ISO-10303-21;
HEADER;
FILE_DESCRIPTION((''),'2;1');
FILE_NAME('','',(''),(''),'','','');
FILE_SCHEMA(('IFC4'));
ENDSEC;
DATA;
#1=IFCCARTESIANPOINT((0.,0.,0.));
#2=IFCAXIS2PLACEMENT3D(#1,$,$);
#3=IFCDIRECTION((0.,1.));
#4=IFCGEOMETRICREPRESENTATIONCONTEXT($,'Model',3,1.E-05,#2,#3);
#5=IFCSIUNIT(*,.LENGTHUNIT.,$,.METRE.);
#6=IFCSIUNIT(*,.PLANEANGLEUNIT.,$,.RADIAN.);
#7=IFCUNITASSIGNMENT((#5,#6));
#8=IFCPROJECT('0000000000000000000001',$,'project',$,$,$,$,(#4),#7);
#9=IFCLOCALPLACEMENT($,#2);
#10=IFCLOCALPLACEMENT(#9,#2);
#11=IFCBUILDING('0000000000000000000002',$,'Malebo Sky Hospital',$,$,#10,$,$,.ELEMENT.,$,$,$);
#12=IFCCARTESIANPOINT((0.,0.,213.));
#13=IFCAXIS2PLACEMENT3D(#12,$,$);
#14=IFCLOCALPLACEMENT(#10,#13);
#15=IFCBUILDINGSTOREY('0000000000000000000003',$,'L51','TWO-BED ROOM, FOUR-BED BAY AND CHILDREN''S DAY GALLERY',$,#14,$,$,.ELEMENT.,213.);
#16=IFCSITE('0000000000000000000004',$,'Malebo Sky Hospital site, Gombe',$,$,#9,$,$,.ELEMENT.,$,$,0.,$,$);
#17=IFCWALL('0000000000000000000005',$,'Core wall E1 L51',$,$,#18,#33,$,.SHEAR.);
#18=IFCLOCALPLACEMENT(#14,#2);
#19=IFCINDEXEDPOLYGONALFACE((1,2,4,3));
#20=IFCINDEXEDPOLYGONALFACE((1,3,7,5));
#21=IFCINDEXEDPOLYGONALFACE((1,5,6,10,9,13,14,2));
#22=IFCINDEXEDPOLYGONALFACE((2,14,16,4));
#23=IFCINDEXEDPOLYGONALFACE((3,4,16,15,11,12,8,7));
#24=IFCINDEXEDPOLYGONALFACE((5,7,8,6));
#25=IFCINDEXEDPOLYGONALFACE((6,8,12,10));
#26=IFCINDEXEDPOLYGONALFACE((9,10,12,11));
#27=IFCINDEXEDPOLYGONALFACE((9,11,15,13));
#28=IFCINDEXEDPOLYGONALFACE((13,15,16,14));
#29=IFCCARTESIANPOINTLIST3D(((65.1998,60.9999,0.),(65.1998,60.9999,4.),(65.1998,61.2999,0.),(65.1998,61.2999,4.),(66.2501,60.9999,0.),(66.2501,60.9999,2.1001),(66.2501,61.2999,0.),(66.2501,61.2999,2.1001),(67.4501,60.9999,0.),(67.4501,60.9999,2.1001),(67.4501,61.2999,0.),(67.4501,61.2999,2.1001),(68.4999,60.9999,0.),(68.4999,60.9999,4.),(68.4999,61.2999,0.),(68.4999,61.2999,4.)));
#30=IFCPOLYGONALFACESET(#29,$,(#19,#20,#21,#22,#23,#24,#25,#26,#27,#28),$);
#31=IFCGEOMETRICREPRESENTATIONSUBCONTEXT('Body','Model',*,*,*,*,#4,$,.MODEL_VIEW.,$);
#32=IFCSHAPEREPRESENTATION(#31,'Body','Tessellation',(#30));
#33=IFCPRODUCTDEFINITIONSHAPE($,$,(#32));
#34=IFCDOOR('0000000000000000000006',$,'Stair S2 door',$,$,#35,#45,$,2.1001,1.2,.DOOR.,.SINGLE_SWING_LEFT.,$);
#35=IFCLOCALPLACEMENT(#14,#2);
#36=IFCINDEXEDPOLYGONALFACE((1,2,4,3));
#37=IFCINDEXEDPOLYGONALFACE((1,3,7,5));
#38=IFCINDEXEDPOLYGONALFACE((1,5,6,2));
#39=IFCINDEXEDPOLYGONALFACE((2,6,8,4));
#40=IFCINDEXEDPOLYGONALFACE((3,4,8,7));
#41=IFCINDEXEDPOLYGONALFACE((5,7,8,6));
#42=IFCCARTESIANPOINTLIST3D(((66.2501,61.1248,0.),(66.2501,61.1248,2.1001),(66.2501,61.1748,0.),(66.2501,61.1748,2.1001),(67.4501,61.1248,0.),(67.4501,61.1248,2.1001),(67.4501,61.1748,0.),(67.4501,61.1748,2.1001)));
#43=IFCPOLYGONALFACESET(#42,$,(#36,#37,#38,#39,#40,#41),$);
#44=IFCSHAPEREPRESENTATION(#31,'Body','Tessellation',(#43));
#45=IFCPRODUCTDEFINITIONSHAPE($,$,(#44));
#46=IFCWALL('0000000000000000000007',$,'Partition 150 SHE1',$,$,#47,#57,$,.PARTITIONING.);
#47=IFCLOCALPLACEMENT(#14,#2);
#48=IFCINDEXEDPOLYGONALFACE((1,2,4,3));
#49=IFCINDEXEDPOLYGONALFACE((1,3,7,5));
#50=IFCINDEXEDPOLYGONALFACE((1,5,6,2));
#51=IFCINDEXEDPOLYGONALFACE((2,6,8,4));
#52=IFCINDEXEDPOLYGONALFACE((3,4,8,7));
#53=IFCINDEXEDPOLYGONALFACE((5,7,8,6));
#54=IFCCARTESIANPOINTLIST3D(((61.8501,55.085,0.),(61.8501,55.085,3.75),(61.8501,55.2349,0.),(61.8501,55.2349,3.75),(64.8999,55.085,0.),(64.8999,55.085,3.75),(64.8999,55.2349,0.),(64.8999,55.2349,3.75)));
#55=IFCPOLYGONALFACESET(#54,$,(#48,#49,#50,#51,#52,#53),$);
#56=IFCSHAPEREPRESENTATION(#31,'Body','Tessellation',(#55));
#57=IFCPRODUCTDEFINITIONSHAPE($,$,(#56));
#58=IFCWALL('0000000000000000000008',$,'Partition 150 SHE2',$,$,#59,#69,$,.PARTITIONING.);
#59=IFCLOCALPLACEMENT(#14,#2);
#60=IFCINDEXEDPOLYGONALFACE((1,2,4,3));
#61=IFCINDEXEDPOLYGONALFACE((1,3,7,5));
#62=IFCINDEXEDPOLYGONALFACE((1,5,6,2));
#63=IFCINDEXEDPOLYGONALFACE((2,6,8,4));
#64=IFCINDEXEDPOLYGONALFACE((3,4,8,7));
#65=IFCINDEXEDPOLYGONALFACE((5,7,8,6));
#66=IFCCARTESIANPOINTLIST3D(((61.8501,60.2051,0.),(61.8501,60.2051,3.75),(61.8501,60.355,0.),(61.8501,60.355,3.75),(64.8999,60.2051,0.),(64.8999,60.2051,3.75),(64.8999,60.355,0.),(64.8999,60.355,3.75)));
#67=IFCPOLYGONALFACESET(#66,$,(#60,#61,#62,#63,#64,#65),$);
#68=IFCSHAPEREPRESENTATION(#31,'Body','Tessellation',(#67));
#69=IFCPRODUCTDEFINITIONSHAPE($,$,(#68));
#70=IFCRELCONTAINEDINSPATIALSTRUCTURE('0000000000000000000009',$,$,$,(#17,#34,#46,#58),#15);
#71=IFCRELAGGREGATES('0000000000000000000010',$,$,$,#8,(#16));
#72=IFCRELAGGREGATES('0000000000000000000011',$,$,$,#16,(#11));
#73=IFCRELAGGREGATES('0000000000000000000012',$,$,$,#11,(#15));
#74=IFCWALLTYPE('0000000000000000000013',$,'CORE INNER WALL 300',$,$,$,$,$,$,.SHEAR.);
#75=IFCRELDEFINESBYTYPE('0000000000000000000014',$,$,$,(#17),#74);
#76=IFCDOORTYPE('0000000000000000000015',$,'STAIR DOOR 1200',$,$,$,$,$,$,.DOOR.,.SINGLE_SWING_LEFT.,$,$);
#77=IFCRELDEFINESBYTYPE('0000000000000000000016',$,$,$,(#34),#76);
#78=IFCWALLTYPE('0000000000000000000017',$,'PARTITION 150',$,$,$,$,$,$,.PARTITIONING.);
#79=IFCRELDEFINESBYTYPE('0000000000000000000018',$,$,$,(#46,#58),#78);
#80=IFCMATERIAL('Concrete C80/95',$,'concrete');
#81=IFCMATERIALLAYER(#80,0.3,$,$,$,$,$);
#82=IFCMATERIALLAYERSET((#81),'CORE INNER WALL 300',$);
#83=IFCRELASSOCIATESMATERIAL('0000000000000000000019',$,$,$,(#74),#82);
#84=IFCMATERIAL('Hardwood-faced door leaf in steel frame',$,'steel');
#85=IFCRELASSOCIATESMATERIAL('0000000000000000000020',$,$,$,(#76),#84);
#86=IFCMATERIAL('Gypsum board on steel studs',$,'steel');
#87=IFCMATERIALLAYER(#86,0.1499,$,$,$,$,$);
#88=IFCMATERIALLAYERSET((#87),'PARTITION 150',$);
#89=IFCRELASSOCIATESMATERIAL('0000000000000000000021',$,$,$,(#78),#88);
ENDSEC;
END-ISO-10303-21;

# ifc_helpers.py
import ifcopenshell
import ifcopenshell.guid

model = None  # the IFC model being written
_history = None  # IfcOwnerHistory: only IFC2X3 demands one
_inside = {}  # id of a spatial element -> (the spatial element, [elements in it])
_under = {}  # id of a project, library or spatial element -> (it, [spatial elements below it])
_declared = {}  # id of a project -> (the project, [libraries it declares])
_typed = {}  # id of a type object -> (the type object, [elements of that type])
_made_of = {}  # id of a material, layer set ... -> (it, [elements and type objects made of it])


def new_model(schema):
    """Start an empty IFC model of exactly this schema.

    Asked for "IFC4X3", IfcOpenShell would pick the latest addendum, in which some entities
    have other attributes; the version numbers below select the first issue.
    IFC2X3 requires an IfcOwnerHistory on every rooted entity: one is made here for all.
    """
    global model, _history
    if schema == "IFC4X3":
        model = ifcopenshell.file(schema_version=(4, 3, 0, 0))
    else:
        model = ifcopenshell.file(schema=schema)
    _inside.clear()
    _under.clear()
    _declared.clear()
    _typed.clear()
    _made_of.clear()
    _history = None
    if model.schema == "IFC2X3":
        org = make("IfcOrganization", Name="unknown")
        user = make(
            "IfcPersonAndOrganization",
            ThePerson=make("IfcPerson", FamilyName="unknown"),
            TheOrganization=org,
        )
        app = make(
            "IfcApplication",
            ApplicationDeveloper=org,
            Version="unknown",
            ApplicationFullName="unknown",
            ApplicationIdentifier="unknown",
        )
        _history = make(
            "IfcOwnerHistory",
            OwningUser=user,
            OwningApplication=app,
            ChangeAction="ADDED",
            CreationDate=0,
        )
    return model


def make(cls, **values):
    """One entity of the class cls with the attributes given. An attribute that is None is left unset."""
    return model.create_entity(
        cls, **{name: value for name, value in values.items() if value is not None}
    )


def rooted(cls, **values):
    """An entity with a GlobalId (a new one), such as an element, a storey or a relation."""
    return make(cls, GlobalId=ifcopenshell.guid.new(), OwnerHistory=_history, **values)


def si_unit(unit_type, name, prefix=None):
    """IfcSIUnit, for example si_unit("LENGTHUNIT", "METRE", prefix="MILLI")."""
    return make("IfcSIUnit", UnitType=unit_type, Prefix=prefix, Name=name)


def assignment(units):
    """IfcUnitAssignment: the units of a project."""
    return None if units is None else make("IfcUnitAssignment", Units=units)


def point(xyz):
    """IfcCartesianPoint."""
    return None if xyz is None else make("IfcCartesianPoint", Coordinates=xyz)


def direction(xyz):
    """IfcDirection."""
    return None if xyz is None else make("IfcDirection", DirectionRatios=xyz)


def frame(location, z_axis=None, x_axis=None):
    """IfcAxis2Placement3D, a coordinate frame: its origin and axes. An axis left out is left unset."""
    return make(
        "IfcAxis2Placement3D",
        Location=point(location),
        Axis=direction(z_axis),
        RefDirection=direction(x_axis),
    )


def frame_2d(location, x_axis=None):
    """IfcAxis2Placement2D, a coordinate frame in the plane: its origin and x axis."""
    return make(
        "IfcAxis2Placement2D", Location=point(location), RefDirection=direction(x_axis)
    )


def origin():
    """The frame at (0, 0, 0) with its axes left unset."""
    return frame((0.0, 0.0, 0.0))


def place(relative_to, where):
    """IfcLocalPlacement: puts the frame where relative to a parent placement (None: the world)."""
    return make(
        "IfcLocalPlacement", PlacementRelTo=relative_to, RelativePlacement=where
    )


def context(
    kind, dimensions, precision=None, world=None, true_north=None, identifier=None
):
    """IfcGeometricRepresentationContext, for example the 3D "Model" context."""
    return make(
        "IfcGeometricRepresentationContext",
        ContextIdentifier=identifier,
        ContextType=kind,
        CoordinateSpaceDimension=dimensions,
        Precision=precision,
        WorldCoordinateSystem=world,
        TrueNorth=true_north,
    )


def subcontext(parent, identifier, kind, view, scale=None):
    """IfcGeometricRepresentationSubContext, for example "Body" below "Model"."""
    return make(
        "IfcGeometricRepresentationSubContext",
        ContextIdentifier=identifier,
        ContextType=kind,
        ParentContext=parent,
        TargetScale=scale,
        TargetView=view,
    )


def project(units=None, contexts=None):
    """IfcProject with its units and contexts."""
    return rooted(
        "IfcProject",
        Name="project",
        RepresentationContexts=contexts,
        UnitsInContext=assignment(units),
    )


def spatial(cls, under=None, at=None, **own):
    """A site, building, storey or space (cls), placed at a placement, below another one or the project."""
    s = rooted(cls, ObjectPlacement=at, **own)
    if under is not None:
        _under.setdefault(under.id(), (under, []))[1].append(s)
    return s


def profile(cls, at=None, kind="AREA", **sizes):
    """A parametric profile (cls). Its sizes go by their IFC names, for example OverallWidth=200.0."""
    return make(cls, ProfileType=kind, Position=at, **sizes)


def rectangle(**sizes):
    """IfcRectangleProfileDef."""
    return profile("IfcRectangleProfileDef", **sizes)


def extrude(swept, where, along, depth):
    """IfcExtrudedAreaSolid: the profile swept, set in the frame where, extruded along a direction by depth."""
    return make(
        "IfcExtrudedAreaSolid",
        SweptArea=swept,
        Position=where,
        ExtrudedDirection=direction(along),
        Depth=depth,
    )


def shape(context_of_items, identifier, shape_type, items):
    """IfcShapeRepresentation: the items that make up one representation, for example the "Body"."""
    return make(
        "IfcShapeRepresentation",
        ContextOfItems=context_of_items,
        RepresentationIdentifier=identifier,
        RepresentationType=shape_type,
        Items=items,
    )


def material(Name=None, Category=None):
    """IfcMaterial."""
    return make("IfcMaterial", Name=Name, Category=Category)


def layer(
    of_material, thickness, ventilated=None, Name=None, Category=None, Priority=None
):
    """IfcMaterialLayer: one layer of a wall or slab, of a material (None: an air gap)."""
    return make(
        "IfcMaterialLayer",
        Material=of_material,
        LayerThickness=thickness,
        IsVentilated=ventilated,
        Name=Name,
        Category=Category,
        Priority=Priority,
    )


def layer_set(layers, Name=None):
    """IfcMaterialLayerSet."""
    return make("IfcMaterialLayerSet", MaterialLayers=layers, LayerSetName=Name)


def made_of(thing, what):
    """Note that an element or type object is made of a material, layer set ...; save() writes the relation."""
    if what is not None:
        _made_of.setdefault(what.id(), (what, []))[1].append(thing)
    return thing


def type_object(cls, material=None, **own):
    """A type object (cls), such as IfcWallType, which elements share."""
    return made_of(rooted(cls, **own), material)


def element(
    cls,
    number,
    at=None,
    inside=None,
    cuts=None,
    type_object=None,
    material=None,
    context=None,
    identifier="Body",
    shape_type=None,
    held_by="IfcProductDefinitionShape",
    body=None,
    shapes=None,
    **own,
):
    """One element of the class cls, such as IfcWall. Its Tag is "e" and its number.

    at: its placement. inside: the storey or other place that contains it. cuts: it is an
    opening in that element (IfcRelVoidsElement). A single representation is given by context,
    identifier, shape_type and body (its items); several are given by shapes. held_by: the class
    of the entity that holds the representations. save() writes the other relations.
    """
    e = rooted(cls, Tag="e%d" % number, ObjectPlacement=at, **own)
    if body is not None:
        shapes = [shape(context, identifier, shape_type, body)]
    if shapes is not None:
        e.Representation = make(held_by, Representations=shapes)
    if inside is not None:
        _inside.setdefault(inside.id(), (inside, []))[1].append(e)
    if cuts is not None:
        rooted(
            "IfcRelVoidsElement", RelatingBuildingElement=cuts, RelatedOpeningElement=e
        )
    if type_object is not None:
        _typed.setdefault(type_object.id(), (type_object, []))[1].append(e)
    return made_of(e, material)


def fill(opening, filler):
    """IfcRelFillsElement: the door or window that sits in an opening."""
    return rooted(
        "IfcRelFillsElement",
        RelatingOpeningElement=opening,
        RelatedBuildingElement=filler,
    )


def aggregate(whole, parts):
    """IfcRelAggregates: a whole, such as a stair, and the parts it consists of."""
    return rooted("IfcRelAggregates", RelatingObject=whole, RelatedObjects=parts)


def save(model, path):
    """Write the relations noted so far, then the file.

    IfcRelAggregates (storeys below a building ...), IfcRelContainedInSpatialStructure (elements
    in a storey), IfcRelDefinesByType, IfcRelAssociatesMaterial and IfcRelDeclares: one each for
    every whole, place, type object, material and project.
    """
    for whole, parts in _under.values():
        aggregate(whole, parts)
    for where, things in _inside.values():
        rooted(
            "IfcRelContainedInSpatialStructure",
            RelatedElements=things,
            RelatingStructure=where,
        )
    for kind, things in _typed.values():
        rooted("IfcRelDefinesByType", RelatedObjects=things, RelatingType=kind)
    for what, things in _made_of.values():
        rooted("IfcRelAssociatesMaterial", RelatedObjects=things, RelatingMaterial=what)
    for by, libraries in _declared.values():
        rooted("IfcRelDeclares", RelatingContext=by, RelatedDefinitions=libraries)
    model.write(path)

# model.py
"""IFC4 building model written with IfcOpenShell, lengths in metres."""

from ifc_helpers import new_model, si_unit, direction, frame, frame_2d, origin, place, context, subcontext, project, spatial, rectangle, extrude, material, layer, layer_set, type_object, element, fill, save


model = new_model("IFC4")

# Units and contexts
model_context = context("Model", 3, precision=1e-05, world=origin(), true_north=direction((0.0, 1.0)))
body_context = subcontext(model_context, "Body", "Model", "MODEL_VIEW")
ifc_project = project(units=[si_unit("LENGTHUNIT", "METRE"), si_unit("PLANEANGLEUNIT", "RADIAN")], contexts=[model_context])

# Site, building, storey
site_placement = place(None, origin())
site = spatial("IfcSite", under=ifc_project, at=site_placement, Name="Malebo Sky Hospital site, Gombe", CompositionType="ELEMENT", RefElevation=0.0)
building_placement = place(site_placement, origin())
building = spatial("IfcBuilding", under=site, at=building_placement, Name="Malebo Sky Hospital", CompositionType="ELEMENT")
storey_placement = place(building_placement, frame((0.0, 0.0, 213.0)))
storey = spatial("IfcBuildingStorey", under=building, at=storey_placement, Name="L51", Description="TWO-BED ROOM, FOUR-BED BAY AND CHILDREN'S DAY GALLERY", CompositionType="ELEMENT", Elevation=213.0)

# Shared definitions
ifc_material_1 = material(Name="Concrete C80/95", Category="concrete")
ifc_material_2 = material(Name="Hardwood-faced door leaf in steel frame", Category="steel")

# Shared definitions
ifc_layer_1 = layer(ifc_material_1, 0.3)
ifc_layer_set_1 = layer_set([ifc_layer_1], Name="CORE INNER WALL 300")
wall_type_1 = type_object("IfcWallType", Name="CORE INNER WALL 300", PredefinedType="SHEAR", material=ifc_layer_set_1)

# Wall, opening, door
wall_1_placement = place(storey_placement, frame((65.2, 61.1499, 0.0), z_axis=(0.0, 0.0, 1.0), x_axis=(1.0, 0.0, 0.0)))
wall_1 = element("IfcWall", 1, at=wall_1_placement, inside=storey, type_object=wall_type_1, Name="Core wall E1 L51", PredefinedType="SHEAR", context=body_context, shape_type="SweptSolid", body=[
    extrude(rectangle(XDim=3.3, YDim=0.3, at=frame_2d((1.6499, 0.0))), origin(), (0.0, 0.0, 1.0), 4.0),
])
opening_1_placement = place(wall_1_placement, frame((1.05, 0.0, 0.0)))
opening_1 = element("IfcOpeningElement", 2, at=opening_1_placement, cuts=wall_1, PredefinedType="OPENING", context=body_context, shape_type="SweptSolid", body=[
    extrude(rectangle(XDim=1.2, YDim=2.1001, at=frame_2d((0.6001, 1.05))), frame((0.0, 0.1599, 0.0), z_axis=(0.0, -1.0, 0.0), x_axis=(1.0, 0.0, 0.0)), (0.0, 0.0, 1.0), 0.3201),
])
door_type_1 = type_object("IfcDoorType", Name="STAIR DOOR 1200", OperationType="SINGLE_SWING_LEFT", PredefinedType="DOOR", material=ifc_material_2)
door_1_placement = place(opening_1_placement, origin())
door_1 = element("IfcDoor", 3, at=door_1_placement, inside=storey, type_object=door_type_1, Name="Stair S2 door", OperationType="SINGLE_SWING_LEFT", OverallHeight=2.1001, OverallWidth=1.2, PredefinedType="DOOR", context=body_context, shape_type="SweptSolid", body=[
    extrude(rectangle(XDim=1.2, YDim=2.1001, at=frame_2d((0.6001, 1.05))), frame((0.0, 0.0249, 0.0), z_axis=(0.0, -1.0, 0.0), x_axis=(1.0, 0.0, 0.0)), (0.0, 0.0, 1.0), 0.05),
])
fill(opening_1, door_1)

# Walls
ifc_material_3 = material(Name="Gypsum board on steel studs", Category="steel")
ifc_layer_2 = layer(ifc_material_3, 0.1499)
ifc_layer_set_2 = layer_set([ifc_layer_2], Name="PARTITION 150")
wall_type_2 = type_object("IfcWallType", Name="PARTITION 150", PredefinedType="PARTITIONING", material=ifc_layer_set_2)
for number, where, z_axis, x_axis, name in (
    (4, (61.8501, 55.1599, 0.0), (0.0, 0.0, 1.0), (1.0, 0.0, 0.0), "Partition 150 SHE1"),
    (5, (61.8501, 60.28, 0.0), (0.0, 0.0, 1.0), (1.0, 0.0, 0.0), "Partition 150 SHE2"),
):
    element("IfcWall", number, at=place(storey_placement, frame(where, z_axis=z_axis, x_axis=x_axis)), inside=storey, type_object=wall_type_2, Name=name, PredefinedType="PARTITIONING", context=body_context, shape_type="SweptSolid", body=[
        extrude(rectangle(XDim=3.0498, YDim=0.1499, at=frame_2d((1.5249, 0.0))), origin(), (0.0, 0.0, 1.0), 3.75),
    ])

save(model, "model.ifc")
